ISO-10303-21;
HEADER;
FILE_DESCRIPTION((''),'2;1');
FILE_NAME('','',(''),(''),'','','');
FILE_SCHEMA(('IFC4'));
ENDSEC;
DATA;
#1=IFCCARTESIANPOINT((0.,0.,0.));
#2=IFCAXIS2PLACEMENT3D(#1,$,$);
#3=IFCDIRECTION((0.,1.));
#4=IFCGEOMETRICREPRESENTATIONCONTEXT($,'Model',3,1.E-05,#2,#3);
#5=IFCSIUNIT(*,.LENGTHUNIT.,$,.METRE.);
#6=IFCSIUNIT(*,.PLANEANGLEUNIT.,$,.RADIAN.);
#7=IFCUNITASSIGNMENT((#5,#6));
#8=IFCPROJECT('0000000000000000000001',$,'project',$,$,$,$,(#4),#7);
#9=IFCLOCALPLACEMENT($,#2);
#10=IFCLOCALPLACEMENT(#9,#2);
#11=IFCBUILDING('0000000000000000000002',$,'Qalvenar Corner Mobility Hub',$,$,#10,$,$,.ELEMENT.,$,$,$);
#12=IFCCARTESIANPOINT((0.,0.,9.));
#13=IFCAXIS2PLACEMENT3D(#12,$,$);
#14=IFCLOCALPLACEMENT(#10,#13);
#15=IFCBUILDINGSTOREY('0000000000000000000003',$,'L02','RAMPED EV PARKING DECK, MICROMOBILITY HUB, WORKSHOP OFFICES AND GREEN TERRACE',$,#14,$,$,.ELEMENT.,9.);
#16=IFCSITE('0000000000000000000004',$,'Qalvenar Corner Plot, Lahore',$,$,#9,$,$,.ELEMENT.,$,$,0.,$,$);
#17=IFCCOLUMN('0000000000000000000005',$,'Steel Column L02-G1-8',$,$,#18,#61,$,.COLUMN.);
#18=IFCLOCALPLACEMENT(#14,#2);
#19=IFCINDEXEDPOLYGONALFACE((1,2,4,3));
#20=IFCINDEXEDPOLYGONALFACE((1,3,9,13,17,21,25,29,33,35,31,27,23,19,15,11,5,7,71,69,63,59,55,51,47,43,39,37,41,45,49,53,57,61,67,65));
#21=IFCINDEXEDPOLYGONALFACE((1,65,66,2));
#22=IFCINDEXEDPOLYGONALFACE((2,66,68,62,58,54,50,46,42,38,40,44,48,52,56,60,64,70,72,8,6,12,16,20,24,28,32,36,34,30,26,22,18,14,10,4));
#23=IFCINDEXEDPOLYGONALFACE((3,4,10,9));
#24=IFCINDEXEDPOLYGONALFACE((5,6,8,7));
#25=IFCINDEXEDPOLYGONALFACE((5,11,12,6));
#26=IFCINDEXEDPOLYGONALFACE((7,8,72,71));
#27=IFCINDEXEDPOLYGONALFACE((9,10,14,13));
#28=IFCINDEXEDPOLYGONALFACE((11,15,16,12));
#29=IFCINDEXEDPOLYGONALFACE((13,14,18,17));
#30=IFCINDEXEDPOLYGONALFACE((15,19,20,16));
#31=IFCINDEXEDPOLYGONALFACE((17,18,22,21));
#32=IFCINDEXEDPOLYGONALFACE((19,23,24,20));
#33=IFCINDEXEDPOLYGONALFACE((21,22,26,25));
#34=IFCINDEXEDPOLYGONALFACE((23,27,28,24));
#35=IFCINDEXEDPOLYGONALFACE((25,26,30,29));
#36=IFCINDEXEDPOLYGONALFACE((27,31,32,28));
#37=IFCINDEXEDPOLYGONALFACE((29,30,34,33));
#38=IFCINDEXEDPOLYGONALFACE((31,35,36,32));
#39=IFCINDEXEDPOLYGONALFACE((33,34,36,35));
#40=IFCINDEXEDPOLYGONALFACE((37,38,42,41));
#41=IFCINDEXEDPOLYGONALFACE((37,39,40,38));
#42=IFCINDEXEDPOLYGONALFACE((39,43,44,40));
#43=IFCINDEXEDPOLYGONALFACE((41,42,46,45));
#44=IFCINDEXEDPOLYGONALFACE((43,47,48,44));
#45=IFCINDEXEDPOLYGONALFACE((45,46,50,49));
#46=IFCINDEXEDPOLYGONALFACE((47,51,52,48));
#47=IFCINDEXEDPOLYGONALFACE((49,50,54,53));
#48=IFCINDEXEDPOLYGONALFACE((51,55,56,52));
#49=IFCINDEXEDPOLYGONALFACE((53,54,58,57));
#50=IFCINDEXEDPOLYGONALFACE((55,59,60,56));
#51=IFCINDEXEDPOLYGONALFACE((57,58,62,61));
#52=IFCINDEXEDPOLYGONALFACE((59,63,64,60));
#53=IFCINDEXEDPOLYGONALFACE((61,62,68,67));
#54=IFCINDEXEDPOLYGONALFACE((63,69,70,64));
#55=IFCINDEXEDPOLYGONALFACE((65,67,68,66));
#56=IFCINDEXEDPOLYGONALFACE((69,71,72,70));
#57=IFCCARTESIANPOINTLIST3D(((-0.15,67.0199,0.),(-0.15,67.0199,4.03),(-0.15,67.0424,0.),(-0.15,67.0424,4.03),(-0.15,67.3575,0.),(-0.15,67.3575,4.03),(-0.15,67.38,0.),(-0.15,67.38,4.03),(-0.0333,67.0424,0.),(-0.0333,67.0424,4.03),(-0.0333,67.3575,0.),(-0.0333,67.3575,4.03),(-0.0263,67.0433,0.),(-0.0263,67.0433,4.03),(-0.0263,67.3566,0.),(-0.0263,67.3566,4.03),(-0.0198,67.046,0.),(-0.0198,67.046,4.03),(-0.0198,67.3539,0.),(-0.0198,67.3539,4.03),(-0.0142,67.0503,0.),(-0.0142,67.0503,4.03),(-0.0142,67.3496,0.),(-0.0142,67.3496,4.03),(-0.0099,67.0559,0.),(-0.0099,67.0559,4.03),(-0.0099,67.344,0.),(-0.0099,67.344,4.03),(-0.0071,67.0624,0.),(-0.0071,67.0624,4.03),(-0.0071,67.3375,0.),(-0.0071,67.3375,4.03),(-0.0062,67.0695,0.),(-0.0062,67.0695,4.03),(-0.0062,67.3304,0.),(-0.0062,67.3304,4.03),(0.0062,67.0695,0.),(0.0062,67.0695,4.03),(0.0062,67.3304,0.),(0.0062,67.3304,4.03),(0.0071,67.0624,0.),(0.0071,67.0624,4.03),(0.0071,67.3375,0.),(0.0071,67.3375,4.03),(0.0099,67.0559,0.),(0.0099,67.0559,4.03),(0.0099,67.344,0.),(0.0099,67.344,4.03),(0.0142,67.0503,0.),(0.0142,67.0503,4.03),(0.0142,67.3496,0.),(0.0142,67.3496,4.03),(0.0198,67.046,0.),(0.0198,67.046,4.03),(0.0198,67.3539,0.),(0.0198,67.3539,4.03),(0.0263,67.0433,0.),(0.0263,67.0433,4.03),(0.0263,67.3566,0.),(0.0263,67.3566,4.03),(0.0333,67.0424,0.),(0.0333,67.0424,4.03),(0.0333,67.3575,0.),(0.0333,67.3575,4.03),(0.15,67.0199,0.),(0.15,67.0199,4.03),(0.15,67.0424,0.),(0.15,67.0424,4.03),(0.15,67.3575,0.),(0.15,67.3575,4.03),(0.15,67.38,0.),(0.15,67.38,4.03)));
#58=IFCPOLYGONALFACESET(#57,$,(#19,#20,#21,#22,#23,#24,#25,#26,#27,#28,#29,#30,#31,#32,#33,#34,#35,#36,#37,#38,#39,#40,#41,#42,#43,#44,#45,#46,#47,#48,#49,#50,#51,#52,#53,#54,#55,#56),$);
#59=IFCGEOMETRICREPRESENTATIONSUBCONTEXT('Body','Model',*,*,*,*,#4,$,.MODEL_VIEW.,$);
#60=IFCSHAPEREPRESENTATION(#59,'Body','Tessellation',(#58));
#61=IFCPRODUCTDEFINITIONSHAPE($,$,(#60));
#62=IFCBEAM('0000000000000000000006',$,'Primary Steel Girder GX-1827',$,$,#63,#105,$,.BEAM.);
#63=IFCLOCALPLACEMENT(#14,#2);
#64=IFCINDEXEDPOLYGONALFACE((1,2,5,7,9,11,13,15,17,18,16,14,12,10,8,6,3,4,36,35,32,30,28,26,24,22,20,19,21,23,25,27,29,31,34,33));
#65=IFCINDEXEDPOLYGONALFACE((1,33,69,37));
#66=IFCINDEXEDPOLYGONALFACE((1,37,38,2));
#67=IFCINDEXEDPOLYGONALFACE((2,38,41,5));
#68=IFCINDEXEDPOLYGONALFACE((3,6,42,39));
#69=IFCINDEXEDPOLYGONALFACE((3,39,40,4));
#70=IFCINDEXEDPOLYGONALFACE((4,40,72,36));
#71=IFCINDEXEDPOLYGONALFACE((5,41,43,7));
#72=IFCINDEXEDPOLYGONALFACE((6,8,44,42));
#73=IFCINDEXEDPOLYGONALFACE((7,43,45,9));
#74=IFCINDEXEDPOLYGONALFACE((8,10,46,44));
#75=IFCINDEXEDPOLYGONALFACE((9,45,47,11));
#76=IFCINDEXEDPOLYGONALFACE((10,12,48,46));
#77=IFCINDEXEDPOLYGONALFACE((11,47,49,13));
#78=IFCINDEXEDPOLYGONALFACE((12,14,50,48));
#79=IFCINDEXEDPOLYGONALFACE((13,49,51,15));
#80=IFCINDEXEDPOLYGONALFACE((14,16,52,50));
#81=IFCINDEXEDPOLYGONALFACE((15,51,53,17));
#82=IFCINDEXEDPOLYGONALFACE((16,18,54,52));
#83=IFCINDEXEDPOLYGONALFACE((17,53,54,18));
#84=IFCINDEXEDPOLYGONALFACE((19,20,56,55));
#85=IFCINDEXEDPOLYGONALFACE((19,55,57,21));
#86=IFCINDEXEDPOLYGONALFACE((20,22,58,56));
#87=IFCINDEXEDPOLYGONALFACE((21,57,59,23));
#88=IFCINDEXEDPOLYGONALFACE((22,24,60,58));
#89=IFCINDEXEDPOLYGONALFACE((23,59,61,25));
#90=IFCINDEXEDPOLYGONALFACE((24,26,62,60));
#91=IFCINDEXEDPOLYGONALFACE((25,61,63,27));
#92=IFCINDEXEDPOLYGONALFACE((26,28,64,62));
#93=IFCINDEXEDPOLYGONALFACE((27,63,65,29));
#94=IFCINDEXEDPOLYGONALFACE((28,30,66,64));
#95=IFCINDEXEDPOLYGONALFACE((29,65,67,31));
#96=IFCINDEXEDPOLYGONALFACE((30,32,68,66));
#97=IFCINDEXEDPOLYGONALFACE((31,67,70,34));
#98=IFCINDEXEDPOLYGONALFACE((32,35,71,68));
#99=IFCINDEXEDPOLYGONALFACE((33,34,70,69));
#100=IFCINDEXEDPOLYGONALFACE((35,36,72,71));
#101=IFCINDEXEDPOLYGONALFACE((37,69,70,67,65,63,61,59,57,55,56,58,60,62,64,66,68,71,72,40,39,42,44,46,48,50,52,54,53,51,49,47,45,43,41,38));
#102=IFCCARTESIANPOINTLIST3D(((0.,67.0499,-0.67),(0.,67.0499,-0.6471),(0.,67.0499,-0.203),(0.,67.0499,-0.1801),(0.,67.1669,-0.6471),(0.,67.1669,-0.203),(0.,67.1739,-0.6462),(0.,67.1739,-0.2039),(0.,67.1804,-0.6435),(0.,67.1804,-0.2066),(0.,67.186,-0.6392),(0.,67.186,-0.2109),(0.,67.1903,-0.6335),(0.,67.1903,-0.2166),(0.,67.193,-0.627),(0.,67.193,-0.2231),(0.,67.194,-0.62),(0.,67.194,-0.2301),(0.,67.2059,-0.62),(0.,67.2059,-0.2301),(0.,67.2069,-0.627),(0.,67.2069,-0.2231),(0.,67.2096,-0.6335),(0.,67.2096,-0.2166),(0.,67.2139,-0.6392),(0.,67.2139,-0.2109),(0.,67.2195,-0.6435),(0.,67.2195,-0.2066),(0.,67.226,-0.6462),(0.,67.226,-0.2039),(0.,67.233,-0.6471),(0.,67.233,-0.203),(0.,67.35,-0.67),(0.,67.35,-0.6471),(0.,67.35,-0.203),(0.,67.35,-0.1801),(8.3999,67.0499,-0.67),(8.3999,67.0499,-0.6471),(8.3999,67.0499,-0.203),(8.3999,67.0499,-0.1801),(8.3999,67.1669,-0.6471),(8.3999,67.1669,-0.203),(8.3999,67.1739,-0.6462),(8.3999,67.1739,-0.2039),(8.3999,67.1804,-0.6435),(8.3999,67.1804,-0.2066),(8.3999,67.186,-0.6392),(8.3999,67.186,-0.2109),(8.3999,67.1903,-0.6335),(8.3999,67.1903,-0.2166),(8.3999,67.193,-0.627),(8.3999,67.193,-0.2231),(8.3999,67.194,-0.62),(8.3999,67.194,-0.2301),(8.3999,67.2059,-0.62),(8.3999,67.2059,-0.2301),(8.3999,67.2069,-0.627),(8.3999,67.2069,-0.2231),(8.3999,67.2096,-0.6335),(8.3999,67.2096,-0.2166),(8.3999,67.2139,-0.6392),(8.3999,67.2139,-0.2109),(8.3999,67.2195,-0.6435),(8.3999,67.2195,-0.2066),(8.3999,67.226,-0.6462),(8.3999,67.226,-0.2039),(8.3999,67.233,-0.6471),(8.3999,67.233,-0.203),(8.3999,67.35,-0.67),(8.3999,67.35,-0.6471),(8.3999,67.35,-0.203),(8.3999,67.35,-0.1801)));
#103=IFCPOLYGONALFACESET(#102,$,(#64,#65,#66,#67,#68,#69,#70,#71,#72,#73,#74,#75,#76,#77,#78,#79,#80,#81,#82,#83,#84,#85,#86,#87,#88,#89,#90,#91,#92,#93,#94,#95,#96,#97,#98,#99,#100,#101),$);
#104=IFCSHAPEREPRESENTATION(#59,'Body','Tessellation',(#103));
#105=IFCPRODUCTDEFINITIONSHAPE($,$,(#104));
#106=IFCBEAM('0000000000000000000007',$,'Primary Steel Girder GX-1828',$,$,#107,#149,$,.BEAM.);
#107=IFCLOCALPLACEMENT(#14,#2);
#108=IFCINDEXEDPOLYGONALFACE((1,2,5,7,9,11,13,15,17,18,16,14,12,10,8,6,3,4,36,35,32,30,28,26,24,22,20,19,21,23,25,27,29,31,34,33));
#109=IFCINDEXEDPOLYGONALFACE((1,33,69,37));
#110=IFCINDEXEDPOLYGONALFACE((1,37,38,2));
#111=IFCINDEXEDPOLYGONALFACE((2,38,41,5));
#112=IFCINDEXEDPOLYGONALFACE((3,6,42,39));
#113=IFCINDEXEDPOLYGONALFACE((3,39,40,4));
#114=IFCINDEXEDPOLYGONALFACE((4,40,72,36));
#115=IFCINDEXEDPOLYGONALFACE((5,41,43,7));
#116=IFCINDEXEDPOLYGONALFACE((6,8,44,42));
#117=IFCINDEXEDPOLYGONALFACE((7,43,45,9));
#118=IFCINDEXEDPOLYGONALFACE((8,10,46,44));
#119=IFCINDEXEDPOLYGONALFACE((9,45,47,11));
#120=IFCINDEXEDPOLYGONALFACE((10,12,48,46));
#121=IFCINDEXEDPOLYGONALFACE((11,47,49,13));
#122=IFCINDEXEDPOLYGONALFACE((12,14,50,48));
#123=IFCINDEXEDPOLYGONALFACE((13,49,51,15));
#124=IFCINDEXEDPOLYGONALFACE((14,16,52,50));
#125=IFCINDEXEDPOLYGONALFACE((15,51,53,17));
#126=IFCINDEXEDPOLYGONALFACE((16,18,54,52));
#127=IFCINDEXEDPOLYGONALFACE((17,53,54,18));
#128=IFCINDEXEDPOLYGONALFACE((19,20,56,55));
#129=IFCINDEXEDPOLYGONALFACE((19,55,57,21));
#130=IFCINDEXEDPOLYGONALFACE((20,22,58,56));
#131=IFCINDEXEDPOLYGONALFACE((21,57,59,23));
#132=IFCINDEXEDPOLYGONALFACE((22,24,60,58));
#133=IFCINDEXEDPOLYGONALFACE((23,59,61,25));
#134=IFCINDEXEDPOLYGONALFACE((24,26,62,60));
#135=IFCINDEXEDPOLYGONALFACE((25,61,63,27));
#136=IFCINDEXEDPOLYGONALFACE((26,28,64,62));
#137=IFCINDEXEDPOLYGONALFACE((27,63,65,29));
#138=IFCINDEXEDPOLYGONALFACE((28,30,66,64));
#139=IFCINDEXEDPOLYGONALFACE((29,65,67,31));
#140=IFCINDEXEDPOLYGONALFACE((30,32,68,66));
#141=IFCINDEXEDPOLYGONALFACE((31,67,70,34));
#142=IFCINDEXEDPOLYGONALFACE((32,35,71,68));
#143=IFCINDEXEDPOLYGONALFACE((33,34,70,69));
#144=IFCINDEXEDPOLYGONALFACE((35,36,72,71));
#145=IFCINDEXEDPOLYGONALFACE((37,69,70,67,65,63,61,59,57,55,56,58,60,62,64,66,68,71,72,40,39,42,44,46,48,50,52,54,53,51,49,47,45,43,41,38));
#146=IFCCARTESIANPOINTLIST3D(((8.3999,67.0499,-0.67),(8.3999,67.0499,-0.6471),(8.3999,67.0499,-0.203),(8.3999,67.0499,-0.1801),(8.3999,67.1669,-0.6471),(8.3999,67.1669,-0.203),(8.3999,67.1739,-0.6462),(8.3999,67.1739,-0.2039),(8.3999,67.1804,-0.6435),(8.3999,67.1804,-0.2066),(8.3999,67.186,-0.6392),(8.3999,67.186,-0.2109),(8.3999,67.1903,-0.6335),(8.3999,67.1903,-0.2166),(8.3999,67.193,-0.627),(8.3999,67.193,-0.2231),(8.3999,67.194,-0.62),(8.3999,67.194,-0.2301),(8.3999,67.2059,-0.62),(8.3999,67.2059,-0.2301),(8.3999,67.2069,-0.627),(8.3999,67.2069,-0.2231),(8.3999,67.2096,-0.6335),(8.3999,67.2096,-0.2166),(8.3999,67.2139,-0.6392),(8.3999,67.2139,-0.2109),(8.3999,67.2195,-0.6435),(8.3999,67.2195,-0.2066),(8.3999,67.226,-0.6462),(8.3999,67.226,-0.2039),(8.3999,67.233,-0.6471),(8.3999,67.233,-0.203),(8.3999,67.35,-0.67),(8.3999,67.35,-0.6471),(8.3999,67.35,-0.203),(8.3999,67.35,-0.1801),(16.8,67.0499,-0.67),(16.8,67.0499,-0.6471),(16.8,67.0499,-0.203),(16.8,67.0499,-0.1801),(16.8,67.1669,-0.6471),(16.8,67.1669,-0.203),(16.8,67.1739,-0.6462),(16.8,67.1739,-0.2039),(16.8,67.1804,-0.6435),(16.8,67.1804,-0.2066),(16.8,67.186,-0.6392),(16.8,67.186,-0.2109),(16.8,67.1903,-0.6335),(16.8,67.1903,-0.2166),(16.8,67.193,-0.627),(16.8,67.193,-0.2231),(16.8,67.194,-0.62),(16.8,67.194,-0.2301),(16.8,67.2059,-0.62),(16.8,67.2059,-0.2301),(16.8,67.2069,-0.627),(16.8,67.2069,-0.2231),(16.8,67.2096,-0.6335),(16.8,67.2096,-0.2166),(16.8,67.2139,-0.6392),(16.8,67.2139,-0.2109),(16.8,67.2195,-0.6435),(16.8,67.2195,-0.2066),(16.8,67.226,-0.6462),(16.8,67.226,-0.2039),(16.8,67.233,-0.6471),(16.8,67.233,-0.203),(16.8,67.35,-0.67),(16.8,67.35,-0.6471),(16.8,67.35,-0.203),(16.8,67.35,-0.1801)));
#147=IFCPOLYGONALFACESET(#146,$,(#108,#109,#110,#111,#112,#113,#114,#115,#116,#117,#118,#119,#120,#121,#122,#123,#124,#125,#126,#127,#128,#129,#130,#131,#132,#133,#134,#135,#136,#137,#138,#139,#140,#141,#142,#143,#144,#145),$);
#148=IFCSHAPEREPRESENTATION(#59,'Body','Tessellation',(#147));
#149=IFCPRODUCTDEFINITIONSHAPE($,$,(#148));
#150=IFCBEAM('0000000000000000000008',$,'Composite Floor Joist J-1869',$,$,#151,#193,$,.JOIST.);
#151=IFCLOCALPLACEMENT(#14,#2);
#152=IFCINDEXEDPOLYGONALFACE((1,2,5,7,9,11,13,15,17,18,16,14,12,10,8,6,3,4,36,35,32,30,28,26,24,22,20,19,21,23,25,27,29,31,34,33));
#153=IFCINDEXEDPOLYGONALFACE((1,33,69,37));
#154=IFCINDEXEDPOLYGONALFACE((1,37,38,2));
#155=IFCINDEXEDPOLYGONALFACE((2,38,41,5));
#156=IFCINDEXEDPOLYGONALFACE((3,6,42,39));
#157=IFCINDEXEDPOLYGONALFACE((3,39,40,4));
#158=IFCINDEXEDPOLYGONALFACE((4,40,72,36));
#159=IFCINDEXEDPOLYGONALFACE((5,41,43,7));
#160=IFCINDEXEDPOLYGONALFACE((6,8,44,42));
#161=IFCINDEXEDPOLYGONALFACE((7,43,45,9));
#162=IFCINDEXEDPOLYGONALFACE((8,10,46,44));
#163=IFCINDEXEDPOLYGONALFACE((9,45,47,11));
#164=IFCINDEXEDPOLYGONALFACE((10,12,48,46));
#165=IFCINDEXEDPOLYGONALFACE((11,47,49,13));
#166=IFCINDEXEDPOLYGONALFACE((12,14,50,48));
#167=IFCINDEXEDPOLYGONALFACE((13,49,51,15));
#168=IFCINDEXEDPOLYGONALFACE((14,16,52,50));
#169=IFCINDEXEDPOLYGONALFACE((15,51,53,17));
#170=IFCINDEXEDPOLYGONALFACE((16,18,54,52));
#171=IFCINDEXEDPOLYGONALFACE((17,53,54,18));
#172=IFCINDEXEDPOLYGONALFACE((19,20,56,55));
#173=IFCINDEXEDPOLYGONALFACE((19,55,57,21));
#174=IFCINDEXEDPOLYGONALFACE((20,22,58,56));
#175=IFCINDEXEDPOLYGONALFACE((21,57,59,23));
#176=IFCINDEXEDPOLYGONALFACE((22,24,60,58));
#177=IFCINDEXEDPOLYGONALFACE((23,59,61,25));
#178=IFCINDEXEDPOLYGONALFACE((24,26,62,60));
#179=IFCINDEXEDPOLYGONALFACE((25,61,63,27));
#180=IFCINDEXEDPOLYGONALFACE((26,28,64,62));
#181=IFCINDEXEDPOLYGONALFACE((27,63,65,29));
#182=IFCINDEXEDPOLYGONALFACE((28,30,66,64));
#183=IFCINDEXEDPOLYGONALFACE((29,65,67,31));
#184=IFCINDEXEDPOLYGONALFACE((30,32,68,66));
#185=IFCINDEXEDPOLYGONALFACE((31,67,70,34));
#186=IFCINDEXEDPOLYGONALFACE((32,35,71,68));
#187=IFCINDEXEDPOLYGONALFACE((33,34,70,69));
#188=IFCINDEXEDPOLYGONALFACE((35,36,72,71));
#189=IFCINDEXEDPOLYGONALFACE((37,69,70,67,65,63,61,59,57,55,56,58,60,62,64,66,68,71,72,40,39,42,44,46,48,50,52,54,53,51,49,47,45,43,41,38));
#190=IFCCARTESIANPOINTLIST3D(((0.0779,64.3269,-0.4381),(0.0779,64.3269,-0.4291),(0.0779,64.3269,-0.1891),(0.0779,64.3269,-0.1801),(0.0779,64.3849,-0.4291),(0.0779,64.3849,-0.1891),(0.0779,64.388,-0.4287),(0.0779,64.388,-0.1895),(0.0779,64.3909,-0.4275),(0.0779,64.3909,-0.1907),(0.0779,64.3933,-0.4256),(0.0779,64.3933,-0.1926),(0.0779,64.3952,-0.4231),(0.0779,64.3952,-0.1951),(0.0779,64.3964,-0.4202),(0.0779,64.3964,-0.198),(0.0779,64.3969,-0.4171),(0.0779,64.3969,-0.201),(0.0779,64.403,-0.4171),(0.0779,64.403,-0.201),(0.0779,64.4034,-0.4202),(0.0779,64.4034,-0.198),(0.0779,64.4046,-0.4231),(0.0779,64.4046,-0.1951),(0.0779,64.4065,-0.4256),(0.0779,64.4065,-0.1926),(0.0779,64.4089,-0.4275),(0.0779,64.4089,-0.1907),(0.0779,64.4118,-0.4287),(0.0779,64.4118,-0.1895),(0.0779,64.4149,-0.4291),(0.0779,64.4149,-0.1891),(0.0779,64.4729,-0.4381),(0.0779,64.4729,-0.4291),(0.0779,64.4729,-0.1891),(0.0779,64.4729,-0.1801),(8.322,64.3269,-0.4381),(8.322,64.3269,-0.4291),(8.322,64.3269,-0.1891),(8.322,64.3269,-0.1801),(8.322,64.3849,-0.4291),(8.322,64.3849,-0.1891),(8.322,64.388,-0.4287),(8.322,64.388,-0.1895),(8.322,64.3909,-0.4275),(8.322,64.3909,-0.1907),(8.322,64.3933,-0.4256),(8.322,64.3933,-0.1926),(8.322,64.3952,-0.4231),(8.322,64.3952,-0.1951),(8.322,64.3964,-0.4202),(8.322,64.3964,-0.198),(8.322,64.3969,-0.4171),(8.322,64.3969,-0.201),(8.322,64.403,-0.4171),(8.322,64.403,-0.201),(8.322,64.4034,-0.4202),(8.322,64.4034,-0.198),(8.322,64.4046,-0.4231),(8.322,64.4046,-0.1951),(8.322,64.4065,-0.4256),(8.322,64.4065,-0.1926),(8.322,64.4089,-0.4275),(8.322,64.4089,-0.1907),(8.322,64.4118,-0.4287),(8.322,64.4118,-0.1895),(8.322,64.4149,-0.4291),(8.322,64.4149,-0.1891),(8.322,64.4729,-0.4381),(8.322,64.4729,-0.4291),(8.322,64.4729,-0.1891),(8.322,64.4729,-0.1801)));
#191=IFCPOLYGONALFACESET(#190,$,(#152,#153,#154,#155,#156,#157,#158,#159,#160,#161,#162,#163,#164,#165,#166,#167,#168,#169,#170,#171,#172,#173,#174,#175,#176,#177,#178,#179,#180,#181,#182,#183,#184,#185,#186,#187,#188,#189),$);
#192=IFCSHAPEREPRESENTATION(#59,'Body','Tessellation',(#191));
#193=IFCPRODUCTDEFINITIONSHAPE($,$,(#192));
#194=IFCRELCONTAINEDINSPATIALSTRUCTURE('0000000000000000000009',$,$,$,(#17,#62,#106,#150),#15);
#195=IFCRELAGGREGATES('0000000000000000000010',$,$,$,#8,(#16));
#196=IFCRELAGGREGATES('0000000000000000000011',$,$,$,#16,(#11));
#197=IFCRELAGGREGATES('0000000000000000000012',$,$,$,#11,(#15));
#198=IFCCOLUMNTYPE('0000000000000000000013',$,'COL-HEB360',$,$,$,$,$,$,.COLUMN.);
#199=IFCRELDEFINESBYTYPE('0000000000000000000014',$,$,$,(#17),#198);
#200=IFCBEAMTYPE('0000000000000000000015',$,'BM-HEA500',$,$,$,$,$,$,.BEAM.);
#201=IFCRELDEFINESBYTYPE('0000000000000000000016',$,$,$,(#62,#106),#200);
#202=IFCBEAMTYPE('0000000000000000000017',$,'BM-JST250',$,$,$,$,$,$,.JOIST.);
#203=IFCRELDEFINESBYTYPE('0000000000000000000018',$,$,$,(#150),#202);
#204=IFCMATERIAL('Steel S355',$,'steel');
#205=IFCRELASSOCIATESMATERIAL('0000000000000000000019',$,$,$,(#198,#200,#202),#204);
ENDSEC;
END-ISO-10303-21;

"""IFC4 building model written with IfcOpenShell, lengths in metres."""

from ifc_helpers import new_model, si_unit, direction, frame, origin, origin_2d, place, context, subcontext, project, spatial, i_section, extrude, material, material_profile, profile_set, type_object, element, save


model = new_model("IFC4")

# Units and contexts
model_context = context("Model", 3, precision=1e-05, world=origin(), true_north=direction((0.0, 1.0)))
body_context = subcontext(model_context, "Body", "Model", "MODEL_VIEW")
ifc_project = project(units=[si_unit("LENGTHUNIT", "METRE"), si_unit("PLANEANGLEUNIT", "RADIAN")], contexts=[model_context])

# Site, building, storey
site_placement = place(None, origin())
site = spatial("IfcSite", under=ifc_project, at=site_placement, Name="Qalvenar Corner Plot, Lahore", CompositionType="ELEMENT", RefElevation=0.0)
building_placement = place(site_placement, origin())
building = spatial("IfcBuilding", under=site, at=building_placement, Name="Qalvenar Corner Mobility Hub", CompositionType="ELEMENT")
storey_placement = place(building_placement, frame((0.0, 0.0, 9.0)))
storey = spatial("IfcBuildingStorey", under=building, at=storey_placement, Name="L02", Description="RAMPED EV PARKING DECK, MICROMOBILITY HUB, WORKSHOP OFFICES AND GREEN TERRACE", CompositionType="ELEMENT", Elevation=9.0)

# Column
ifc_material_1 = material(Name="Steel S355", Category="steel")
ifc_material_profile_1 = material_profile(ifc_material_1, i_section(OverallWidth=0.3, OverallDepth=0.3601, WebThickness=0.0125, FlangeThickness=0.0225, FilletRadius=0.0271, at=origin_2d()), Name="HEB360")
ifc_profile_set_1 = profile_set([ifc_material_profile_1], Name="Steel S355")
column_type = type_object("IfcColumnType", Name="COL-HEB360", PredefinedType="COLUMN", material=ifc_profile_set_1)
column_placement = place(storey_placement, frame((0.0, 67.2, 0.0), z_axis=(0.0, 0.0, 1.0), x_axis=(1.0, 0.0, 0.0)))
element("IfcColumn", 1, at=column_placement, inside=storey, type_object=column_type, Name="Steel Column L02-G1-8", PredefinedType="COLUMN", context=body_context, shape_type="SweptSolid", body=[
    extrude(i_section(OverallWidth=0.3, OverallDepth=0.3601, WebThickness=0.0125, FlangeThickness=0.0225, FilletRadius=0.0271, at=origin_2d()), origin(), (0.0, 0.0, 1.0), 4.03),
])

# Beams
ifc_material_profile_2 = material_profile(ifc_material_1, i_section(OverallWidth=0.3, OverallDepth=0.49, WebThickness=0.012, FlangeThickness=0.0229, FilletRadius=0.0271, at=origin_2d()), Name="HEA500")
ifc_profile_set_2 = profile_set([ifc_material_profile_2], Name="Steel S355")
beam_type_1 = type_object("IfcBeamType", Name="BM-HEA500", PredefinedType="BEAM", material=ifc_profile_set_2)
beam_1_placement = place(storey_placement, frame((0.0, 67.2, -0.425), z_axis=(1.0, 0.0, 0.0), x_axis=(0.0, 1.0, 0.0)))
element("IfcBeam", 2, at=beam_1_placement, inside=storey, type_object=beam_type_1, Name="Primary Steel Girder GX-1827", PredefinedType="BEAM", context=body_context, shape_type="SweptSolid", body=[
    extrude(i_section(OverallWidth=0.3, OverallDepth=0.49, WebThickness=0.012, FlangeThickness=0.0229, FilletRadius=0.0271, at=origin_2d()), origin(), (0.0, 0.0, 1.0), 8.3999),
])
beam_2_placement = place(storey_placement, frame((8.3999, 67.2, -0.425), z_axis=(1.0, 0.0, 0.0), x_axis=(0.0, 1.0, 0.0)))
element("IfcBeam", 3, at=beam_2_placement, inside=storey, type_object=beam_type_1, Name="Primary Steel Girder GX-1828", PredefinedType="BEAM", context=body_context, shape_type="SweptSolid", body=[
    extrude(i_section(OverallWidth=0.3, OverallDepth=0.49, WebThickness=0.012, FlangeThickness=0.0229, FilletRadius=0.0271, at=origin_2d()), origin(), (0.0, 0.0, 1.0), 8.4001),
])
ifc_material_profile_3 = material_profile(ifc_material_1, i_section(OverallWidth=0.146, OverallDepth=0.2581, WebThickness=0.0061, FlangeThickness=0.009, FilletRadius=0.012, at=origin_2d()), Name="W250x32.7")
ifc_profile_set_3 = profile_set([ifc_material_profile_3], Name="Steel S355")
beam_type_2 = type_object("IfcBeamType", Name="BM-JST250", PredefinedType="JOIST", material=ifc_profile_set_3)
beam_3_placement = place(storey_placement, frame((0.0779, 64.3999, -0.3091), z_axis=(1.0, 0.0, 0.0), x_axis=(0.0, 1.0, 0.0)))
element("IfcBeam", 4, at=beam_3_placement, inside=storey, type_object=beam_type_2, Name="Composite Floor Joist J-1869", PredefinedType="JOIST", context=body_context, shape_type="SweptSolid", body=[
    extrude(i_section(OverallWidth=0.146, OverallDepth=0.2581, WebThickness=0.0061, FlangeThickness=0.009, FilletRadius=0.012, at=origin_2d()), origin(), (0.0, 0.0, 1.0), 8.2441),
])

save(model, "model.ifc")
